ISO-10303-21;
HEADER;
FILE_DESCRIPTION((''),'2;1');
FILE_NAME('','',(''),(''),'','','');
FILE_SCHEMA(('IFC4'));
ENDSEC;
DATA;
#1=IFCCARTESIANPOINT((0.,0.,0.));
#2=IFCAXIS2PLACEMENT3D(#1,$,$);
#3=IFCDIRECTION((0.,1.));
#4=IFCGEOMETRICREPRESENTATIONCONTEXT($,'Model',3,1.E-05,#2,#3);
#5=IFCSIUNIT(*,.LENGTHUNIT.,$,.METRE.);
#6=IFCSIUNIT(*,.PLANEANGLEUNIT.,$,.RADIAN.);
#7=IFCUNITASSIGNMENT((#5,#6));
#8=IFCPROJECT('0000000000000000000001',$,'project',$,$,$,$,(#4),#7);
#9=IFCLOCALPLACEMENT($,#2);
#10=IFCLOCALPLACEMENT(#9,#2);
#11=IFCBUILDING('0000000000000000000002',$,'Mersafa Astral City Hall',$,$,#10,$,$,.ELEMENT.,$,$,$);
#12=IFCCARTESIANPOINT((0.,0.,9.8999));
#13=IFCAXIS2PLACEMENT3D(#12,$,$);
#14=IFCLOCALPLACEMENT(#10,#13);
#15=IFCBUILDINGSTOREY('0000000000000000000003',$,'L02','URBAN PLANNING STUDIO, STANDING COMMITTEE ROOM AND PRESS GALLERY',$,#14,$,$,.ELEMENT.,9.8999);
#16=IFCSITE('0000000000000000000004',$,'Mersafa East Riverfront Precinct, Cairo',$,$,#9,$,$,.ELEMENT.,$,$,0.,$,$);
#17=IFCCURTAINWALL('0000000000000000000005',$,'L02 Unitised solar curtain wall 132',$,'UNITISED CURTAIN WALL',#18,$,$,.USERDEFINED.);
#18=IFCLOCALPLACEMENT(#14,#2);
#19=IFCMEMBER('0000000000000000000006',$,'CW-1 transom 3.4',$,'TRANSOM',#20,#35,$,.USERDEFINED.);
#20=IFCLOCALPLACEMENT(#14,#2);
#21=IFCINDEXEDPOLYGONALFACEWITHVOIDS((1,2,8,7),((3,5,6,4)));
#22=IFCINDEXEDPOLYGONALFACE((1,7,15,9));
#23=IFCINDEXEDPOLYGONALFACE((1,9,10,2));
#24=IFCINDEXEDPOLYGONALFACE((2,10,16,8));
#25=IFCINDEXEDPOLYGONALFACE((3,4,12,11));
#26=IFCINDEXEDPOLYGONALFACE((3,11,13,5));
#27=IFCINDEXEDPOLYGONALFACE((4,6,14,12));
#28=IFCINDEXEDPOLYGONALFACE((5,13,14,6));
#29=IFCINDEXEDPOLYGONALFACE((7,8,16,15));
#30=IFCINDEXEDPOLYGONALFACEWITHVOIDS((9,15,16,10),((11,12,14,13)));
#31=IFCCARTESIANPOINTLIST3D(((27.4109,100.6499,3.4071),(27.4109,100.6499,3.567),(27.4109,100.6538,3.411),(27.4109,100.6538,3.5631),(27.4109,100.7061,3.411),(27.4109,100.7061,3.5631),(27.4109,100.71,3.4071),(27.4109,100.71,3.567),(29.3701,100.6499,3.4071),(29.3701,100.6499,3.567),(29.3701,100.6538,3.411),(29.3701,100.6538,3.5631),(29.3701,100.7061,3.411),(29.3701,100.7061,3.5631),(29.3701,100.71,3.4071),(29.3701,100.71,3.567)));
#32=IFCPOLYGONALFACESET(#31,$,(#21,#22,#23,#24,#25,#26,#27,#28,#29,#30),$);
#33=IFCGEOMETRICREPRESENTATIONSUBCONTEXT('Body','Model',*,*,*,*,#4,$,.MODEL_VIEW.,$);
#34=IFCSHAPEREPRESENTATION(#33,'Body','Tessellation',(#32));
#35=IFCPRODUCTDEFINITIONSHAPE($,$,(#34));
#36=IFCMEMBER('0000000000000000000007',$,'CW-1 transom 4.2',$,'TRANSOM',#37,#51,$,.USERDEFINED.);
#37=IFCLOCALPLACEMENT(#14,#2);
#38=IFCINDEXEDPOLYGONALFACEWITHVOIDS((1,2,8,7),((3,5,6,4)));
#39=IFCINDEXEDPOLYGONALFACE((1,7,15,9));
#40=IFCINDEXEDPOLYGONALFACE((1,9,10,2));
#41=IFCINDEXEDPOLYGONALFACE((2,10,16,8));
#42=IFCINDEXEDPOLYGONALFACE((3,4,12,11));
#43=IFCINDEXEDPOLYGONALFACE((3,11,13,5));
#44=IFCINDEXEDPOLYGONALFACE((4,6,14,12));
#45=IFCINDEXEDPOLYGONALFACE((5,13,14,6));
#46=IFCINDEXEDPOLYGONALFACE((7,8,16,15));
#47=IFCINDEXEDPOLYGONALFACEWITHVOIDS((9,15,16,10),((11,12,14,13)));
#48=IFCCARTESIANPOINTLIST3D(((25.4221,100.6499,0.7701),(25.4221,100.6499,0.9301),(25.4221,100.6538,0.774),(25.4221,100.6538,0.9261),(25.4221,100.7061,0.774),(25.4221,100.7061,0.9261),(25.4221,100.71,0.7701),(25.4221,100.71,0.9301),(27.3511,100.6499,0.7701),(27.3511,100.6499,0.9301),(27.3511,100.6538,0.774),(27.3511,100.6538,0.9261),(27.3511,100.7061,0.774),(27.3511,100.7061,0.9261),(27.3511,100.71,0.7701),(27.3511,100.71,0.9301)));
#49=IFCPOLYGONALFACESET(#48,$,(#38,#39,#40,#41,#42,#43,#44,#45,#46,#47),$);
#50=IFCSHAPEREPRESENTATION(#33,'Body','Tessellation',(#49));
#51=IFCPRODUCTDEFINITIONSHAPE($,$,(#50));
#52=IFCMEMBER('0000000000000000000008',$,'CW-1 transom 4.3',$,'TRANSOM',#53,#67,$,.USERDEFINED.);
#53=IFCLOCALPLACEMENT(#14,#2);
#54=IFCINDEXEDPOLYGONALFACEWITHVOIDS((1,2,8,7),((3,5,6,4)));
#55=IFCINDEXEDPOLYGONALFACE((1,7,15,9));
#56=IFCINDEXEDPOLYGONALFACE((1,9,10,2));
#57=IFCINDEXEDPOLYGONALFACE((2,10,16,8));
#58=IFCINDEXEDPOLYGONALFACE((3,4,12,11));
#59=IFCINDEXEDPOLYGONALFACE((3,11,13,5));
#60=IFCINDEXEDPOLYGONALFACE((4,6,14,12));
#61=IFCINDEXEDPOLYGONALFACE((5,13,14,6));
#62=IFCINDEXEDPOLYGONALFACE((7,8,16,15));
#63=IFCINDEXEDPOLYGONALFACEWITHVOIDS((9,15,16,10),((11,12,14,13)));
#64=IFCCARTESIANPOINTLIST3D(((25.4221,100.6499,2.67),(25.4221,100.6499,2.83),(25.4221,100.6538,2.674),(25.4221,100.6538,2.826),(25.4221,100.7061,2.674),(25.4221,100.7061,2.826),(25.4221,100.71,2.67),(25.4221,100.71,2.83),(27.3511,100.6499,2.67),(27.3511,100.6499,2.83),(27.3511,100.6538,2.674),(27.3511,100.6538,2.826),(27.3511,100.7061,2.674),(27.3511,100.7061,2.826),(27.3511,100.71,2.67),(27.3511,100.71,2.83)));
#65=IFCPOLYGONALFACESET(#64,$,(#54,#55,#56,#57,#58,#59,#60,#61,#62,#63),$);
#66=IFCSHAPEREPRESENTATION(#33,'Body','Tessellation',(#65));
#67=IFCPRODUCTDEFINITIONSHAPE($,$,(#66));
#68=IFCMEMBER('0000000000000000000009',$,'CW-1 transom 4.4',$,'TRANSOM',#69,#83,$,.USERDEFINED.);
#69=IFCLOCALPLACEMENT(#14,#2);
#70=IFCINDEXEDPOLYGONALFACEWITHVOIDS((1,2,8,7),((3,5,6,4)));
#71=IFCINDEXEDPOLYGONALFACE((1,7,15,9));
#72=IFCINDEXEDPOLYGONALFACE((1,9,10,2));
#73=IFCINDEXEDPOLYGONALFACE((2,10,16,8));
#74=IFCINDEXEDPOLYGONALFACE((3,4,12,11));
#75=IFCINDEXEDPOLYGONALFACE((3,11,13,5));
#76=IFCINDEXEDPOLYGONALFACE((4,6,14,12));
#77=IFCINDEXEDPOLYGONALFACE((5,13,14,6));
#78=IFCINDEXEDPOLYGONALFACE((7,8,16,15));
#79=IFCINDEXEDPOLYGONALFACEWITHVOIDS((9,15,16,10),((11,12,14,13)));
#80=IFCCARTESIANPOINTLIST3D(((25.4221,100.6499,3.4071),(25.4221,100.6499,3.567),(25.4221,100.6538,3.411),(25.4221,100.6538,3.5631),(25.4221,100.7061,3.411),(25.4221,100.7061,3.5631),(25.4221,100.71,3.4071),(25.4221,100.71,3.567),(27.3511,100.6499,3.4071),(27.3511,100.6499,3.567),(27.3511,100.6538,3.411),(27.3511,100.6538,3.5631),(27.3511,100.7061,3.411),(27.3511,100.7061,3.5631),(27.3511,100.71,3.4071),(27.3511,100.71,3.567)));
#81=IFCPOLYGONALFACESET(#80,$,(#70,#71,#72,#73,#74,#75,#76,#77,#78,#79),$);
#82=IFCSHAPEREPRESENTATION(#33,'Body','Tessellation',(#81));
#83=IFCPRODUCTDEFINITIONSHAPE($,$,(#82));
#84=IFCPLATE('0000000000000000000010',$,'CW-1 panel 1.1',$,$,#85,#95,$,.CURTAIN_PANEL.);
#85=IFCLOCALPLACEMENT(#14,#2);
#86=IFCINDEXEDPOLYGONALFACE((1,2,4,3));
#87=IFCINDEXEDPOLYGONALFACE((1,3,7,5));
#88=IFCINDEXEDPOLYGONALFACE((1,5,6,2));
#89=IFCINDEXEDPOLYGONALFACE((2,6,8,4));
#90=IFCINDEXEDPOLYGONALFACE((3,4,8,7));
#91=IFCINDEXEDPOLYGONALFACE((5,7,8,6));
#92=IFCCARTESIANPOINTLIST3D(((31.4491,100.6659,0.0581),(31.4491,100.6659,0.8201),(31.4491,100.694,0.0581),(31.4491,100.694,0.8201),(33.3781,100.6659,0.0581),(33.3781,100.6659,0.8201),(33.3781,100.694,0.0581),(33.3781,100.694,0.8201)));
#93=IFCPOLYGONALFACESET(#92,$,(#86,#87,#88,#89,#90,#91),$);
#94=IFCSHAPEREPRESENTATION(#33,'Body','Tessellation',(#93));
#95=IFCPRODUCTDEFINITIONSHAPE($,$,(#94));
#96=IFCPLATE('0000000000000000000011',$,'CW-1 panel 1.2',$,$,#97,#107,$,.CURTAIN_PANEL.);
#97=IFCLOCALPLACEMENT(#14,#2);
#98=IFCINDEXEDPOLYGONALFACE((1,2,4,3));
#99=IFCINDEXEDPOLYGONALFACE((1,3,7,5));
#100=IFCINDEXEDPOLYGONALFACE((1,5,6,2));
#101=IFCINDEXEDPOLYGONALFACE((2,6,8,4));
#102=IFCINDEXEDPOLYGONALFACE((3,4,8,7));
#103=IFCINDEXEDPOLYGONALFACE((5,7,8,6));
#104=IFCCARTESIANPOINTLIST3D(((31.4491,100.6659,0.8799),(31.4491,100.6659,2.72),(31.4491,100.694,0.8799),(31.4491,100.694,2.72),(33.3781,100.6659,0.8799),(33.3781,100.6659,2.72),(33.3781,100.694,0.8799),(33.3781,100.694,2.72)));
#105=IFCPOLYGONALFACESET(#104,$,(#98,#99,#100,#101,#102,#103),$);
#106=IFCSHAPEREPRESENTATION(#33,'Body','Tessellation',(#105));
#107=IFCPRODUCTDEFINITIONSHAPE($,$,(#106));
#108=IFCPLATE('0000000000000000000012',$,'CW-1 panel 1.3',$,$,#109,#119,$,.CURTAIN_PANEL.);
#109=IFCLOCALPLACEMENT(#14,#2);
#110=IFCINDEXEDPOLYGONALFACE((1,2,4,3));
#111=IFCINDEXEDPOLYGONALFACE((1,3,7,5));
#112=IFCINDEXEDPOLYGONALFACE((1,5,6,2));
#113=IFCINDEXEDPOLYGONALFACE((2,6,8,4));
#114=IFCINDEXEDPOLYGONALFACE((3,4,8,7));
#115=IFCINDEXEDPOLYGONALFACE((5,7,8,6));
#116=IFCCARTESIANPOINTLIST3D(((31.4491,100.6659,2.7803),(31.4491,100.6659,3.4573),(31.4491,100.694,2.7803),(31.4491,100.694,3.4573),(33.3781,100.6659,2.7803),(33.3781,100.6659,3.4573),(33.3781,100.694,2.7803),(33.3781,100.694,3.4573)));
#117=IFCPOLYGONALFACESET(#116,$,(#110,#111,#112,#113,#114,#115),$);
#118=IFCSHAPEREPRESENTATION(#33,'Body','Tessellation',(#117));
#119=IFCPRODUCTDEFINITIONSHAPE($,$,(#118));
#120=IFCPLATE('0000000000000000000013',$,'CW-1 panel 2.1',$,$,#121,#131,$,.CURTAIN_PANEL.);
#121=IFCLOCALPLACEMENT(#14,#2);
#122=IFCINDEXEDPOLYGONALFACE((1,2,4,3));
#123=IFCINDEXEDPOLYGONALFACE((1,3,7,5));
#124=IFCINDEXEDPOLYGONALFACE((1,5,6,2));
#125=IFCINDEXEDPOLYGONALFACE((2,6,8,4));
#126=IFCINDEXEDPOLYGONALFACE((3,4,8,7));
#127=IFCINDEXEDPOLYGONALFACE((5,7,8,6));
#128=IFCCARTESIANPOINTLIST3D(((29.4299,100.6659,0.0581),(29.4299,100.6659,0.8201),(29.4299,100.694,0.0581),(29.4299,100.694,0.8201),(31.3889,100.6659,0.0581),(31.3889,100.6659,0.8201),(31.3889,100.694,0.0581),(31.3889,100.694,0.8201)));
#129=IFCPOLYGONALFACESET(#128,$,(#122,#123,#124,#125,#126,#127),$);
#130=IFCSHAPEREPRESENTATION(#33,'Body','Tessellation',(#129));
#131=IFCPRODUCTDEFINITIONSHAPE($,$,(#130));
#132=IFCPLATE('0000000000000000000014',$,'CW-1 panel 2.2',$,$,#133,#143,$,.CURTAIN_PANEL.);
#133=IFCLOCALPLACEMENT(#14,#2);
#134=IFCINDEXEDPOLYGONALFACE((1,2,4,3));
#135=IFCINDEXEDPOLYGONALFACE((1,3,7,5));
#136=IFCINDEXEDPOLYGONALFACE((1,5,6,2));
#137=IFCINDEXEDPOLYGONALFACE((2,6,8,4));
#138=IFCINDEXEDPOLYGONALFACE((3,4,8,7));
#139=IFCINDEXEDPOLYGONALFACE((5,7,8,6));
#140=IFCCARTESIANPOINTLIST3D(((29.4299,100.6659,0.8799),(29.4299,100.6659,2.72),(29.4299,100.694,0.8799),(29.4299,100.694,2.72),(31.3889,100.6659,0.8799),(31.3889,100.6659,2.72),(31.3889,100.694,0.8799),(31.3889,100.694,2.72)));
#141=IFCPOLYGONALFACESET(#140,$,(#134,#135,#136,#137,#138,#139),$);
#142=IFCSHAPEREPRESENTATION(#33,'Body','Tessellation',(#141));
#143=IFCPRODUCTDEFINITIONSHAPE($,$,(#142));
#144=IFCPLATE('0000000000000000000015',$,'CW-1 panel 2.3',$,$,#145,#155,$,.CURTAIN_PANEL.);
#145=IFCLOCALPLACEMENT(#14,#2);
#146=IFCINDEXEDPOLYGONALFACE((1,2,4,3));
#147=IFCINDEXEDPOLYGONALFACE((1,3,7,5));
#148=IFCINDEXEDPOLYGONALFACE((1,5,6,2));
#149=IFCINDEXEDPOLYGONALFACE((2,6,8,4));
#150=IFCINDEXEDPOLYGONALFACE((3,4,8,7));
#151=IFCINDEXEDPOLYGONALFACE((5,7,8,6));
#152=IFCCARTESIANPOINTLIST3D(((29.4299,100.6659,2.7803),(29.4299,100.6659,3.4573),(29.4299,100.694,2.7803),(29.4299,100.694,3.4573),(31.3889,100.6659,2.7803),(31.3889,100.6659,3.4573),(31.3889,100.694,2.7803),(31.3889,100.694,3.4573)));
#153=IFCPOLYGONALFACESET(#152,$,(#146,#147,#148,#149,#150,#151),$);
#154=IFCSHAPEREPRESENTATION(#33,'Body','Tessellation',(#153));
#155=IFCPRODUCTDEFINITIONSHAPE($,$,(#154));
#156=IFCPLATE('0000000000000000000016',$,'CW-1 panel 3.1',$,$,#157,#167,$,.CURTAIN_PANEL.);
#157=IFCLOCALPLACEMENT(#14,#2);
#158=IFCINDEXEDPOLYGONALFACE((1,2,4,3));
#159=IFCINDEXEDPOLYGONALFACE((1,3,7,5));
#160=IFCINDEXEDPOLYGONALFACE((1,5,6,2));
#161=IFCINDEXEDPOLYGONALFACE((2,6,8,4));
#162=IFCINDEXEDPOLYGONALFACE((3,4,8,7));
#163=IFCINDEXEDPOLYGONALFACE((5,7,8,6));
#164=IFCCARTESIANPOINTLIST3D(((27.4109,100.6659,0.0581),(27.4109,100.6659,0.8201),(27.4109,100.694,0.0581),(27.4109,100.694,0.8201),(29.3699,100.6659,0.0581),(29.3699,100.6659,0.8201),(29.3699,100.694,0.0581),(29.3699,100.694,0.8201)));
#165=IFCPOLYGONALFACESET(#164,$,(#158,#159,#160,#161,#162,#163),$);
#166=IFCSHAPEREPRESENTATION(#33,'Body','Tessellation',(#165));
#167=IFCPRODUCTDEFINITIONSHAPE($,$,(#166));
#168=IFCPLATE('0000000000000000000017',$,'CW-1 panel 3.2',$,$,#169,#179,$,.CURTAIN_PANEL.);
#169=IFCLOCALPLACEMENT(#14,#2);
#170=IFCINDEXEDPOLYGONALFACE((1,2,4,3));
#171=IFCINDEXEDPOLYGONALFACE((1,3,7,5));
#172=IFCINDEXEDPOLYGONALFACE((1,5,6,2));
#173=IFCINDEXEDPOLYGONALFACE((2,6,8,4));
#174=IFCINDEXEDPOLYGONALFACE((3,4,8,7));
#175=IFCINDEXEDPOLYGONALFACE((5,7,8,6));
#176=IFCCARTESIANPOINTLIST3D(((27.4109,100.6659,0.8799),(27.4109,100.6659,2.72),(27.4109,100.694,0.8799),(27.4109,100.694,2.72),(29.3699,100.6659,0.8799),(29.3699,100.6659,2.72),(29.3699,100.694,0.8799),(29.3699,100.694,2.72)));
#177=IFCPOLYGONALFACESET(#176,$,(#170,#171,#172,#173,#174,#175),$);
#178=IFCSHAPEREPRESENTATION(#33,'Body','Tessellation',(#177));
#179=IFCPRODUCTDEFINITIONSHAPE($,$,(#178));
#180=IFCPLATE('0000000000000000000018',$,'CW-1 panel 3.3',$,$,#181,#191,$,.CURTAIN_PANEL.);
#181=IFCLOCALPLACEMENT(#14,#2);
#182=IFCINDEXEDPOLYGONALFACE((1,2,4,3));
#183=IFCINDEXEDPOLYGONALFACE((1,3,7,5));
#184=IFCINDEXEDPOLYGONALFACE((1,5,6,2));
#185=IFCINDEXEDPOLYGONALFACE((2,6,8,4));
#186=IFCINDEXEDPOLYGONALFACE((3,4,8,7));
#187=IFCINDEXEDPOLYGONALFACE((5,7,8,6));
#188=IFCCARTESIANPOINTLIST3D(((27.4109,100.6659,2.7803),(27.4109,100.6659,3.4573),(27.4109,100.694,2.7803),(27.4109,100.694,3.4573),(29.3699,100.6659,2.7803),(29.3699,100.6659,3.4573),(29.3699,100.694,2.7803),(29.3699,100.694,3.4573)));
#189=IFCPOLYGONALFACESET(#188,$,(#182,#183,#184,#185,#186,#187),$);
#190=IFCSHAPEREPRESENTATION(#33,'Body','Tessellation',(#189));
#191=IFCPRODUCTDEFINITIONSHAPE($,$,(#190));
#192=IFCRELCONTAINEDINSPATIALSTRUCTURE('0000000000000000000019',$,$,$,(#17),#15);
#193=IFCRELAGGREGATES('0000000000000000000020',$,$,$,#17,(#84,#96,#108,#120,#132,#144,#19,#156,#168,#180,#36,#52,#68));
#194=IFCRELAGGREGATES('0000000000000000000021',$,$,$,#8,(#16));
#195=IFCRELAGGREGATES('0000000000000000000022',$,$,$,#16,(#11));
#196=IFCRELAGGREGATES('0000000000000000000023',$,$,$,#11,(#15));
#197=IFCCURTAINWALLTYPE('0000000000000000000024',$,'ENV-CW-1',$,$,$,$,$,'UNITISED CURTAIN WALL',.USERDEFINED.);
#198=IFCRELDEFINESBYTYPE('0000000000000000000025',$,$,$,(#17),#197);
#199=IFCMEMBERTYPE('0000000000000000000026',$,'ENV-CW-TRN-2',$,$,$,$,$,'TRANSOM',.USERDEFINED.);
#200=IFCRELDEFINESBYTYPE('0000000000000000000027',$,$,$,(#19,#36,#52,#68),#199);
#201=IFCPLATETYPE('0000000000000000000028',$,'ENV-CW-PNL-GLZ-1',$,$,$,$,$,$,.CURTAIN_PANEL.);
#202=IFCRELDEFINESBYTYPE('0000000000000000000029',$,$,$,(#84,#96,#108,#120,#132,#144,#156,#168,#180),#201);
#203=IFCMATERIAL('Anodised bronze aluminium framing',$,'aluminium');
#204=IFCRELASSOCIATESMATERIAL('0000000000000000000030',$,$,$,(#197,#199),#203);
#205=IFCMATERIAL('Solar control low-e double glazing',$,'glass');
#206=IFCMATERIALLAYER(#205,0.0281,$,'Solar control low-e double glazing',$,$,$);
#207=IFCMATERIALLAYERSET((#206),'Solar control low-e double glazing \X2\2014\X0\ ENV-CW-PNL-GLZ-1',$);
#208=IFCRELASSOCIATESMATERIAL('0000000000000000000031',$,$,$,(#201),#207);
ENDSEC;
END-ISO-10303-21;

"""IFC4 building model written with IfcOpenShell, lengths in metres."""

from ifc_helpers import new_model, si_unit, direction, frame, origin, origin_2d, place, context, subcontext, project, spatial, rectangle, hollow_rectangle, extrude, material, layer, layer_set, material_profile, profile_set, type_object, element, aggregate, save


model = new_model("IFC4")

# Units and contexts
model_context = context("Model", 3, precision=1e-05, world=origin(), true_north=direction((0.0, 1.0)))
body_context = subcontext(model_context, "Body", "Model", "MODEL_VIEW")
ifc_project = project(units=[si_unit("LENGTHUNIT", "METRE"), si_unit("PLANEANGLEUNIT", "RADIAN")], contexts=[model_context])

# Site, building, storey
site_placement = place(None, origin())
site = spatial("IfcSite", under=ifc_project, at=site_placement, Name="Mersafa East Riverfront Precinct, Cairo", CompositionType="ELEMENT", RefElevation=0.0)
building_placement = place(site_placement, origin())
building = spatial("IfcBuilding", under=site, at=building_placement, Name="Mersafa Astral City Hall", CompositionType="ELEMENT")
storey_placement = place(building_placement, frame((0.0, 0.0, 9.8999)))
storey = spatial("IfcBuildingStorey", under=building, at=storey_placement, Name="L02", Description="URBAN PLANNING STUDIO, STANDING COMMITTEE ROOM AND PRESS GALLERY", CompositionType="ELEMENT", Elevation=9.8999)

# Curtain wall, members, plates
ifc_material_1 = material(Name="Anodised bronze aluminium framing", Category="aluminium")
curtain_wall_type = type_object("IfcCurtainWallType", Name="ENV-CW-1", ElementType="UNITISED CURTAIN WALL", PredefinedType="USERDEFINED", material=ifc_material_1)
curtain_wall_placement = place(storey_placement, origin())
curtain_wall = element("IfcCurtainWall", 1, at=curtain_wall_placement, inside=storey, type_object=curtain_wall_type, Name="L02 Unitised solar curtain wall 132", ObjectType="UNITISED CURTAIN WALL", PredefinedType="USERDEFINED")
ifc_material_profile_1 = material_profile(ifc_material_1, hollow_rectangle(XDim=0.0601, YDim=0.1599, WallThickness=0.0039, at=origin_2d()), Name="RHS 60x160x4")
ifc_profile_set_1 = profile_set([ifc_material_profile_1], Name="Anodised bronze aluminium framing")
member_type_1 = type_object("IfcMemberType", Name="ENV-CW-TRN-2", ElementType="TRANSOM", PredefinedType="USERDEFINED", material=ifc_profile_set_1)
member_1_placement = place(storey_placement, frame((29.3701, 100.6799, 3.4871), z_axis=(-1.0, 0.0, 0.0), x_axis=(0.0, -1.0, 0.0)))
member_1 = element("IfcMember", 2, at=member_1_placement, type_object=member_type_1, Name="CW-1 transom 3.4", ObjectType="TRANSOM", PredefinedType="USERDEFINED", context=body_context, shape_type="SweptSolid", body=[
    extrude(hollow_rectangle(XDim=0.0601, YDim=0.1599, WallThickness=0.0039, at=origin_2d()), origin(), (0.0, 0.0, 1.0), 1.9592),
])
member_2_placement = place(storey_placement, frame((27.3511, 100.6799, 0.8501), z_axis=(-1.0, 0.0, 0.0), x_axis=(0.0, -1.0, 0.0)))
member_2 = element("IfcMember", 3, at=member_2_placement, type_object=member_type_1, Name="CW-1 transom 4.2", ObjectType="TRANSOM", PredefinedType="USERDEFINED", context=body_context, shape_type="SweptSolid", body=[
    extrude(hollow_rectangle(XDim=0.0601, YDim=0.1599, WallThickness=0.0039, at=origin_2d()), origin(), (0.0, 0.0, 1.0), 1.929),
])
member_3_placement = place(storey_placement, frame((27.3511, 100.6799, 2.75), z_axis=(-1.0, 0.0, 0.0), x_axis=(0.0, -1.0, 0.0)))
member_3 = element("IfcMember", 4, at=member_3_placement, type_object=member_type_1, Name="CW-1 transom 4.3", ObjectType="TRANSOM", PredefinedType="USERDEFINED", context=body_context, shape_type="SweptSolid", body=[
    extrude(hollow_rectangle(XDim=0.0601, YDim=0.1599, WallThickness=0.0039, at=origin_2d()), origin(), (0.0, 0.0, 1.0), 1.929),
])
member_4_placement = place(storey_placement, frame((27.3511, 100.6799, 3.4871), z_axis=(-1.0, 0.0, 0.0), x_axis=(0.0, -1.0, 0.0)))
member_4 = element("IfcMember", 5, at=member_4_placement, type_object=member_type_1, Name="CW-1 transom 4.4", ObjectType="TRANSOM", PredefinedType="USERDEFINED", context=body_context, shape_type="SweptSolid", body=[
    extrude(hollow_rectangle(XDim=0.0601, YDim=0.1599, WallThickness=0.0039, at=origin_2d()), origin(), (0.0, 0.0, 1.0), 1.929),
])
ifc_material_2 = material(Name="Solar control low-e double glazing", Category="glass")
ifc_layer = layer(ifc_material_2, 0.0281, Name="Solar control low-e double glazing")
ifc_layer_set = layer_set([ifc_layer], Name="Solar control low-e double glazing — ENV-CW-PNL-GLZ-1")
plate_type = type_object("IfcPlateType", Name="ENV-CW-PNL-GLZ-1", PredefinedType="CURTAIN_PANEL", material=ifc_layer_set)
plate_1_placement = place(storey_placement, frame((32.4136, 100.6799, 0.0581), z_axis=(0.0, 0.0, 1.0), x_axis=(-1.0, 0.0, 0.0)))
plate_1 = element("IfcPlate", 6, at=plate_1_placement, type_object=plate_type, Name="CW-1 panel 1.1", PredefinedType="CURTAIN_PANEL", context=body_context, shape_type="SweptSolid", body=[
    extrude(rectangle(XDim=1.929, YDim=0.0281, at=origin_2d()), origin(), (0.0, 0.0, 1.0), 0.762),
])
plate_2_placement = place(storey_placement, frame((32.4136, 100.6799, 0.8799), z_axis=(0.0, 0.0, 1.0), x_axis=(-1.0, 0.0, 0.0)))
plate_2 = element("IfcPlate", 7, at=plate_2_placement, type_object=plate_type, Name="CW-1 panel 1.2", PredefinedType="CURTAIN_PANEL", context=body_context, shape_type="SweptSolid", body=[
    extrude(rectangle(XDim=1.929, YDim=0.0281, at=origin_2d()), origin(), (0.0, 0.0, 1.0), 1.8401),
])
plate_3_placement = place(storey_placement, frame((32.4136, 100.6799, 2.7803), z_axis=(0.0, 0.0, 1.0), x_axis=(-1.0, 0.0, 0.0)))
plate_3 = element("IfcPlate", 8, at=plate_3_placement, type_object=plate_type, Name="CW-1 panel 1.3", PredefinedType="CURTAIN_PANEL", context=body_context, shape_type="SweptSolid", body=[
    extrude(rectangle(XDim=1.929, YDim=0.0281, at=origin_2d()), origin(), (0.0, 0.0, 1.0), 0.677),
])
plate_4_placement = place(storey_placement, frame((30.4094, 100.6799, 0.0581), z_axis=(0.0, 0.0, 1.0), x_axis=(-1.0, 0.0, 0.0)))
plate_4 = element("IfcPlate", 9, at=plate_4_placement, type_object=plate_type, Name="CW-1 panel 2.1", PredefinedType="CURTAIN_PANEL", context=body_context, shape_type="SweptSolid", body=[
    extrude(rectangle(XDim=1.959, YDim=0.0281, at=origin_2d()), origin(), (0.0, 0.0, 1.0), 0.762),
])
plate_5_placement = place(storey_placement, frame((30.4094, 100.6799, 0.8799), z_axis=(0.0, 0.0, 1.0), x_axis=(-1.0, 0.0, 0.0)))
plate_5 = element("IfcPlate", 10, at=plate_5_placement, type_object=plate_type, Name="CW-1 panel 2.2", PredefinedType="CURTAIN_PANEL", context=body_context, shape_type="SweptSolid", body=[
    extrude(rectangle(XDim=1.959, YDim=0.0281, at=origin_2d()), origin(), (0.0, 0.0, 1.0), 1.8401),
])
plate_6_placement = place(storey_placement, frame((30.4094, 100.6799, 2.7803), z_axis=(0.0, 0.0, 1.0), x_axis=(-1.0, 0.0, 0.0)))
plate_6 = element("IfcPlate", 11, at=plate_6_placement, type_object=plate_type, Name="CW-1 panel 2.3", PredefinedType="CURTAIN_PANEL", context=body_context, shape_type="SweptSolid", body=[
    extrude(rectangle(XDim=1.959, YDim=0.0281, at=origin_2d()), origin(), (0.0, 0.0, 1.0), 0.677),
])
plate_7_placement = place(storey_placement, frame((28.3904, 100.6799, 0.0581), z_axis=(0.0, 0.0, 1.0), x_axis=(-1.0, 0.0, 0.0)))
plate_7 = element("IfcPlate", 12, at=plate_7_placement, type_object=plate_type, Name="CW-1 panel 3.1", PredefinedType="CURTAIN_PANEL", context=body_context, shape_type="SweptSolid", body=[
    extrude(rectangle(XDim=1.959, YDim=0.0281, at=origin_2d()), origin(), (0.0, 0.0, 1.0), 0.762),
])
plate_8_placement = place(storey_placement, frame((28.3904, 100.6799, 0.8799), z_axis=(0.0, 0.0, 1.0), x_axis=(-1.0, 0.0, 0.0)))
plate_8 = element("IfcPlate", 13, at=plate_8_placement, type_object=plate_type, Name="CW-1 panel 3.2", PredefinedType="CURTAIN_PANEL", context=body_context, shape_type="SweptSolid", body=[
    extrude(rectangle(XDim=1.959, YDim=0.0281, at=origin_2d()), origin(), (0.0, 0.0, 1.0), 1.8401),
])
plate_9_placement = place(storey_placement, frame((28.3904, 100.6799, 2.7803), z_axis=(0.0, 0.0, 1.0), x_axis=(-1.0, 0.0, 0.0)))
plate_9 = element("IfcPlate", 14, at=plate_9_placement, type_object=plate_type, Name="CW-1 panel 3.3", PredefinedType="CURTAIN_PANEL", context=body_context, shape_type="SweptSolid", body=[
    extrude(rectangle(XDim=1.959, YDim=0.0281, at=origin_2d()), origin(), (0.0, 0.0, 1.0), 0.677),
])
aggregate(curtain_wall, [plate_1, plate_2, plate_3, plate_4, plate_5, plate_6, member_1, plate_7, plate_8, plate_9, member_2, member_3, member_4])

save(model, "model.ifc")
